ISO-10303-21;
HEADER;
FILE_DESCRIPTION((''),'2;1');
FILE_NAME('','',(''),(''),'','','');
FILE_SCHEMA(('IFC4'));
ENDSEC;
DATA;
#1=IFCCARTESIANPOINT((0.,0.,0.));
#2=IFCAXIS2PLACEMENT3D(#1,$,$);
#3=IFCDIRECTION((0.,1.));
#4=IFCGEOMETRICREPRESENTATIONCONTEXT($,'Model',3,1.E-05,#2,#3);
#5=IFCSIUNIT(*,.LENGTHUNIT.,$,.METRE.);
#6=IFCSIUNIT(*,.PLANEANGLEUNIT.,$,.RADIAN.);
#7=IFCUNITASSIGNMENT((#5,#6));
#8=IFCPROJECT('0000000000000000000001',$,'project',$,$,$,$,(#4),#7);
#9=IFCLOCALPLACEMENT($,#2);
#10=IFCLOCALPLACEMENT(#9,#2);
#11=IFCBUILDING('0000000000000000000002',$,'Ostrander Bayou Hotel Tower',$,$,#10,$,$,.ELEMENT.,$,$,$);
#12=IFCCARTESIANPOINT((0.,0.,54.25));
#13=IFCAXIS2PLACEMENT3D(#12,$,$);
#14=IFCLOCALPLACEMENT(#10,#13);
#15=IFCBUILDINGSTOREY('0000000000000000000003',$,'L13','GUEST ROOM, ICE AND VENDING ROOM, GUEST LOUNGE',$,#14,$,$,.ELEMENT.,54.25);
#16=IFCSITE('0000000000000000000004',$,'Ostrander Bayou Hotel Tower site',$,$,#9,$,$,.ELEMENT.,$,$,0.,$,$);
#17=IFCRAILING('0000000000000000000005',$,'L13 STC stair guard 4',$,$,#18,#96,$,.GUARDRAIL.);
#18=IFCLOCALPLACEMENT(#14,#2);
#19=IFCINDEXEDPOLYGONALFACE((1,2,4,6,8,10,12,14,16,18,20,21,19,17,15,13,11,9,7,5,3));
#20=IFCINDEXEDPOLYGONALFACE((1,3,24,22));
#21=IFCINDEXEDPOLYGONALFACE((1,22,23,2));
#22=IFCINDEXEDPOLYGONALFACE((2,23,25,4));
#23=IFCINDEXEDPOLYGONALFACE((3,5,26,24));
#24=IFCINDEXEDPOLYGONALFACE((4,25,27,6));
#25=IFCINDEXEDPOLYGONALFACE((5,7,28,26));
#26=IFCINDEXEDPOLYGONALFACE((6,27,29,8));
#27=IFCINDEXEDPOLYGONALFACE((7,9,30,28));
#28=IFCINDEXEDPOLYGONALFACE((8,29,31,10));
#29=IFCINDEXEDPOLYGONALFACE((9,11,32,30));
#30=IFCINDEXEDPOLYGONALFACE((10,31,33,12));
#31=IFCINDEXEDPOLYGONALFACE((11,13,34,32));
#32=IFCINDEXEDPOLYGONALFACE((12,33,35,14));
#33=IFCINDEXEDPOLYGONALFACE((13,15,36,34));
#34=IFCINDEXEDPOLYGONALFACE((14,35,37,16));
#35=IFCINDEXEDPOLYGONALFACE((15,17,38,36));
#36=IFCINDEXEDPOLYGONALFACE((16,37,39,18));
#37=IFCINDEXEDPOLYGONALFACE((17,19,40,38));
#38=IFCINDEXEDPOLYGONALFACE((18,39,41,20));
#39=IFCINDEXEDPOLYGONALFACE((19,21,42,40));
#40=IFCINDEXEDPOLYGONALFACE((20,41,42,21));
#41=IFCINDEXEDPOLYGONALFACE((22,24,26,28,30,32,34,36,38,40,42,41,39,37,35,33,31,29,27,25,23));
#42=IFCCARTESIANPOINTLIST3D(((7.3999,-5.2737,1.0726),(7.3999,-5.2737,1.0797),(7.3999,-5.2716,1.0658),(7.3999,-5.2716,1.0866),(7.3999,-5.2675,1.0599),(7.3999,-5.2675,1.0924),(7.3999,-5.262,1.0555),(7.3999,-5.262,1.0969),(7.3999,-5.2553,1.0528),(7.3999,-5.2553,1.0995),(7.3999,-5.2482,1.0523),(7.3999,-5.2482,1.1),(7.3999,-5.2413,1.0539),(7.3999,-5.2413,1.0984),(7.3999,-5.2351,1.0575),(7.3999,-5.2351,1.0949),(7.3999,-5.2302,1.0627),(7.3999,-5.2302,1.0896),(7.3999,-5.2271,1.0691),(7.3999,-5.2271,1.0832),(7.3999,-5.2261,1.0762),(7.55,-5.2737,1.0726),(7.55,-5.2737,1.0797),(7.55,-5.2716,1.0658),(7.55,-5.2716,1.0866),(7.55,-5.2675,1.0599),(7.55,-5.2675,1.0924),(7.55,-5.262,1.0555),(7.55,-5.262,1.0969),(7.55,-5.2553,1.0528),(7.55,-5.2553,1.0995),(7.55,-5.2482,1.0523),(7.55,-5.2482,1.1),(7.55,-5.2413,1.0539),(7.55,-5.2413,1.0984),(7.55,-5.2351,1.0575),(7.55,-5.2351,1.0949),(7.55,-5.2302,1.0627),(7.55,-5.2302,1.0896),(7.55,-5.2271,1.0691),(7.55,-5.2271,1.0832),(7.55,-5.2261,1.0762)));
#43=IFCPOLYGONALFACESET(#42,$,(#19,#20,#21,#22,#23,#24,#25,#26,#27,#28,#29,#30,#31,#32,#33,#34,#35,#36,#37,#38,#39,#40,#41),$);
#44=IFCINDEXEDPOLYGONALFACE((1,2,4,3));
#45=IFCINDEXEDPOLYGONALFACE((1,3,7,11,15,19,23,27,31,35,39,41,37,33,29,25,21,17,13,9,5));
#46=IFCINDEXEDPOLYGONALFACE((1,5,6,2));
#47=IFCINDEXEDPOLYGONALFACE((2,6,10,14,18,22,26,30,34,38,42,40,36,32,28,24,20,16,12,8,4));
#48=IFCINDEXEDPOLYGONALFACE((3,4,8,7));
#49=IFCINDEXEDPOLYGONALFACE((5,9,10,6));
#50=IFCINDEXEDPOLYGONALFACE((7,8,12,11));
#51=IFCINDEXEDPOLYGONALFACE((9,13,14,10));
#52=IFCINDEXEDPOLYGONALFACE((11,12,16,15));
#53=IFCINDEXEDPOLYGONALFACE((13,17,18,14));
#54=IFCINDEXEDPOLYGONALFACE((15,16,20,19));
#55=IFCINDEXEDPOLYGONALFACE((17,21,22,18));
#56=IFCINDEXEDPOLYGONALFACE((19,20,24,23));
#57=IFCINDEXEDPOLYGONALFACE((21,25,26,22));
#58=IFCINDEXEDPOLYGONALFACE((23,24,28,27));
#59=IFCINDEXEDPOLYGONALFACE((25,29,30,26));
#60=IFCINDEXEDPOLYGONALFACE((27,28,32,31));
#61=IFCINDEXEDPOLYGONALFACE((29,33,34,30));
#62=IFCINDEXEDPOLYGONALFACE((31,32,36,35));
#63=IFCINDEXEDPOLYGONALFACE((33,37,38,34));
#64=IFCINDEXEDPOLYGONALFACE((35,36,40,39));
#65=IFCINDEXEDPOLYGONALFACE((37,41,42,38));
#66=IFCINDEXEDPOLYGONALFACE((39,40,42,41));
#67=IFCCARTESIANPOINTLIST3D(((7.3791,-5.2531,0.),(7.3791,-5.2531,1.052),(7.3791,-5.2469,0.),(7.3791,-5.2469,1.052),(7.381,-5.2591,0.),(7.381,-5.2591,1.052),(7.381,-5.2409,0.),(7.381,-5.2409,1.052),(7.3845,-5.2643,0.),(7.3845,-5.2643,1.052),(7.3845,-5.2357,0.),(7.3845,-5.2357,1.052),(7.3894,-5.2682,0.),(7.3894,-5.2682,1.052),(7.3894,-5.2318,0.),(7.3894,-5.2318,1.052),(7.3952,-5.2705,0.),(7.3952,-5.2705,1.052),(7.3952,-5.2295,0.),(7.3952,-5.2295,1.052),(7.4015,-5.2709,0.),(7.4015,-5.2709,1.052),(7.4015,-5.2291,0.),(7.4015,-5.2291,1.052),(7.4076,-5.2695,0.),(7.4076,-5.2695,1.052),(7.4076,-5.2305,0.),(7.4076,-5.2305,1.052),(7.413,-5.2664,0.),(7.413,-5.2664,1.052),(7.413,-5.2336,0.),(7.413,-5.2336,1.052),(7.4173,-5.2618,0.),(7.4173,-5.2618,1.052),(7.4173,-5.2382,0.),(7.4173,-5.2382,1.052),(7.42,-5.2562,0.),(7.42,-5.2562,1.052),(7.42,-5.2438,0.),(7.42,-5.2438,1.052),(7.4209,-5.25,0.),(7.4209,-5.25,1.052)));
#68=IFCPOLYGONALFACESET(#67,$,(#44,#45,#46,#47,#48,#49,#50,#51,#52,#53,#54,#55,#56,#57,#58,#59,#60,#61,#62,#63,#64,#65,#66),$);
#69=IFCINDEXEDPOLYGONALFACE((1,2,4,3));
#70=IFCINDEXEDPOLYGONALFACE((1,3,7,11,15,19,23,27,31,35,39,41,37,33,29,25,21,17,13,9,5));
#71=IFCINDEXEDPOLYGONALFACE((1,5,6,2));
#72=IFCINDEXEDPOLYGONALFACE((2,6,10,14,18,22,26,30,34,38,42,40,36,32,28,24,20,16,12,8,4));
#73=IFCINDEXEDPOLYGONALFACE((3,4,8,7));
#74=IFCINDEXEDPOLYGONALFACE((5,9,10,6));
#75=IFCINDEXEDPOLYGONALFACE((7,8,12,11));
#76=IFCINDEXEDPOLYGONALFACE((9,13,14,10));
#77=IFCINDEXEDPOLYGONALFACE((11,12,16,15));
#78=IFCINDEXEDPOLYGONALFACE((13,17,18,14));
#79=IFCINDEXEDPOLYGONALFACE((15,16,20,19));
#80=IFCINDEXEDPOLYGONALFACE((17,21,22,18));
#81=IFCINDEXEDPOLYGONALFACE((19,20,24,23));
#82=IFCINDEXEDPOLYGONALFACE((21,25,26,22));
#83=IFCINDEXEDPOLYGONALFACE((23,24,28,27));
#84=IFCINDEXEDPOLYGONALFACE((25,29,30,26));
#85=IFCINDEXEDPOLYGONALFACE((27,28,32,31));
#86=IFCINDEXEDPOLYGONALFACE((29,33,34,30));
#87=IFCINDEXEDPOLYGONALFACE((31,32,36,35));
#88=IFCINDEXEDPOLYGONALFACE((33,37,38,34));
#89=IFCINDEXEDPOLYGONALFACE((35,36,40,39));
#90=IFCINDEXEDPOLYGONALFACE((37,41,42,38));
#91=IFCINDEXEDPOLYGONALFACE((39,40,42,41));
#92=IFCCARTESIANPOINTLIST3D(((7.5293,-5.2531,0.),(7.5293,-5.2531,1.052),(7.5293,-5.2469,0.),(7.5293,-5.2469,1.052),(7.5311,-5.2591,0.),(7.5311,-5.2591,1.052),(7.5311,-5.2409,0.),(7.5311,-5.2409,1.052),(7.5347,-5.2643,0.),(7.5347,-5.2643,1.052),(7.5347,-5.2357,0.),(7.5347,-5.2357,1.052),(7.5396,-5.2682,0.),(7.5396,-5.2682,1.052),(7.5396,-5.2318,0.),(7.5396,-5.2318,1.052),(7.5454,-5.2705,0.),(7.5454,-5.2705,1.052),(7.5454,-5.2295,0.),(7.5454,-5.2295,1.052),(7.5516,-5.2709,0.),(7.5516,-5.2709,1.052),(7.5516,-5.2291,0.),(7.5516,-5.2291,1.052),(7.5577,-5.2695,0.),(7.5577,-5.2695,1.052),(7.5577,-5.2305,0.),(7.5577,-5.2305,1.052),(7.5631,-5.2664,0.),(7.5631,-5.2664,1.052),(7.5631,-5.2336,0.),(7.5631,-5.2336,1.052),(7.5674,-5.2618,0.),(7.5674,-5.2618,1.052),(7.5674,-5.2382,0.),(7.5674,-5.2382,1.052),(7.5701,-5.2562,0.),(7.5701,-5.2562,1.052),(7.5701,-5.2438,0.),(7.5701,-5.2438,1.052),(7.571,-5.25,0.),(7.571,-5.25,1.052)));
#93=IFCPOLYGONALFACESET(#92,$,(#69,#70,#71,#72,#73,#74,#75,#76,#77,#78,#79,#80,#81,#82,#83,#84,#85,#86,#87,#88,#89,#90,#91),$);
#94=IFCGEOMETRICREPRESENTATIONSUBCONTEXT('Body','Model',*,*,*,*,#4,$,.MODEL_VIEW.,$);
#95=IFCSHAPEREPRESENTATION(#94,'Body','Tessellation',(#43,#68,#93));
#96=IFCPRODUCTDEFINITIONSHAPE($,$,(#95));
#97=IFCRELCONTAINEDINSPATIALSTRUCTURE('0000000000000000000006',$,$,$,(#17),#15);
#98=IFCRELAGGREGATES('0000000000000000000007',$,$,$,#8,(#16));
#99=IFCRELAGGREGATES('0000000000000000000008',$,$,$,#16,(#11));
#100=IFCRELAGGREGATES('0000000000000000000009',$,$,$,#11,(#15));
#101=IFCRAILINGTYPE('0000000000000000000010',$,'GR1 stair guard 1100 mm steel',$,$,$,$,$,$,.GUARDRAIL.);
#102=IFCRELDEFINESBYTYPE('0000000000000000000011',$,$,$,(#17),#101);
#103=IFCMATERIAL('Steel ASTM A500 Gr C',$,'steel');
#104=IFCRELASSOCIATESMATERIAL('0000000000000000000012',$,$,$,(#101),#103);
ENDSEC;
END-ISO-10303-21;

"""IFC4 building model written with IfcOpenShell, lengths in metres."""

from ifc_helpers import new_model, si_unit, direction, frame, origin, origin_2d, place, context, subcontext, project, spatial, circle, extrude, material, type_object, element, save


model = new_model("IFC4")

# Units and contexts
model_context = context("Model", 3, precision=1e-05, world=origin(), true_north=direction((0.0, 1.0)))
body_context = subcontext(model_context, "Body", "Model", "MODEL_VIEW")
ifc_project = project(units=[si_unit("LENGTHUNIT", "METRE"), si_unit("PLANEANGLEUNIT", "RADIAN")], contexts=[model_context])

# Site, building, storey
site_placement = place(None, origin())
site = spatial("IfcSite", under=ifc_project, at=site_placement, Name="Ostrander Bayou Hotel Tower site", CompositionType="ELEMENT", RefElevation=0.0)
building_placement = place(site_placement, origin())
building = spatial("IfcBuilding", under=site, at=building_placement, Name="Ostrander Bayou Hotel Tower", CompositionType="ELEMENT")
storey_placement = place(building_placement, frame((0.0, 0.0, 54.25)))
storey = spatial("IfcBuildingStorey", under=building, at=storey_placement, Name="L13", Description="GUEST ROOM, ICE AND VENDING ROOM, GUEST LOUNGE", CompositionType="ELEMENT", Elevation=54.25)

# Railing
ifc_material_1 = material(Name="Steel ASTM A500 Gr C", Category="steel")
railing_type_1 = type_object("IfcRailingType", Name="GR1 stair guard 1100 mm steel", PredefinedType="GUARDRAIL", material=ifc_material_1)
railing_1_placement = place(storey_placement, frame((7.3999, -5.25, 0.0)))
element("IfcRailing", 1, at=railing_1_placement, inside=storey, type_object=railing_type_1, Name="L13 STC stair guard 4", PredefinedType="GUARDRAIL", context=body_context, shape_type="SweptSolid", body=[
    extrude(circle(Radius=0.0239, at=origin_2d()), frame((0.0, 0.0, 1.0762), z_axis=(1.0, 0.0, 0.0), x_axis=(0.0, 1.0, 0.0)), (0.0, 0.0, 1.0), 0.1501),
    extrude(circle(Radius=0.021, at=origin_2d()), origin(), (0.0, 0.0, 1.0), 1.052),
    extrude(circle(Radius=0.021, at=origin_2d()), frame((0.1501, 0.0, 0.0)), (0.0, 0.0, 1.0), 1.052),
])

save(model, "model.ifc")
